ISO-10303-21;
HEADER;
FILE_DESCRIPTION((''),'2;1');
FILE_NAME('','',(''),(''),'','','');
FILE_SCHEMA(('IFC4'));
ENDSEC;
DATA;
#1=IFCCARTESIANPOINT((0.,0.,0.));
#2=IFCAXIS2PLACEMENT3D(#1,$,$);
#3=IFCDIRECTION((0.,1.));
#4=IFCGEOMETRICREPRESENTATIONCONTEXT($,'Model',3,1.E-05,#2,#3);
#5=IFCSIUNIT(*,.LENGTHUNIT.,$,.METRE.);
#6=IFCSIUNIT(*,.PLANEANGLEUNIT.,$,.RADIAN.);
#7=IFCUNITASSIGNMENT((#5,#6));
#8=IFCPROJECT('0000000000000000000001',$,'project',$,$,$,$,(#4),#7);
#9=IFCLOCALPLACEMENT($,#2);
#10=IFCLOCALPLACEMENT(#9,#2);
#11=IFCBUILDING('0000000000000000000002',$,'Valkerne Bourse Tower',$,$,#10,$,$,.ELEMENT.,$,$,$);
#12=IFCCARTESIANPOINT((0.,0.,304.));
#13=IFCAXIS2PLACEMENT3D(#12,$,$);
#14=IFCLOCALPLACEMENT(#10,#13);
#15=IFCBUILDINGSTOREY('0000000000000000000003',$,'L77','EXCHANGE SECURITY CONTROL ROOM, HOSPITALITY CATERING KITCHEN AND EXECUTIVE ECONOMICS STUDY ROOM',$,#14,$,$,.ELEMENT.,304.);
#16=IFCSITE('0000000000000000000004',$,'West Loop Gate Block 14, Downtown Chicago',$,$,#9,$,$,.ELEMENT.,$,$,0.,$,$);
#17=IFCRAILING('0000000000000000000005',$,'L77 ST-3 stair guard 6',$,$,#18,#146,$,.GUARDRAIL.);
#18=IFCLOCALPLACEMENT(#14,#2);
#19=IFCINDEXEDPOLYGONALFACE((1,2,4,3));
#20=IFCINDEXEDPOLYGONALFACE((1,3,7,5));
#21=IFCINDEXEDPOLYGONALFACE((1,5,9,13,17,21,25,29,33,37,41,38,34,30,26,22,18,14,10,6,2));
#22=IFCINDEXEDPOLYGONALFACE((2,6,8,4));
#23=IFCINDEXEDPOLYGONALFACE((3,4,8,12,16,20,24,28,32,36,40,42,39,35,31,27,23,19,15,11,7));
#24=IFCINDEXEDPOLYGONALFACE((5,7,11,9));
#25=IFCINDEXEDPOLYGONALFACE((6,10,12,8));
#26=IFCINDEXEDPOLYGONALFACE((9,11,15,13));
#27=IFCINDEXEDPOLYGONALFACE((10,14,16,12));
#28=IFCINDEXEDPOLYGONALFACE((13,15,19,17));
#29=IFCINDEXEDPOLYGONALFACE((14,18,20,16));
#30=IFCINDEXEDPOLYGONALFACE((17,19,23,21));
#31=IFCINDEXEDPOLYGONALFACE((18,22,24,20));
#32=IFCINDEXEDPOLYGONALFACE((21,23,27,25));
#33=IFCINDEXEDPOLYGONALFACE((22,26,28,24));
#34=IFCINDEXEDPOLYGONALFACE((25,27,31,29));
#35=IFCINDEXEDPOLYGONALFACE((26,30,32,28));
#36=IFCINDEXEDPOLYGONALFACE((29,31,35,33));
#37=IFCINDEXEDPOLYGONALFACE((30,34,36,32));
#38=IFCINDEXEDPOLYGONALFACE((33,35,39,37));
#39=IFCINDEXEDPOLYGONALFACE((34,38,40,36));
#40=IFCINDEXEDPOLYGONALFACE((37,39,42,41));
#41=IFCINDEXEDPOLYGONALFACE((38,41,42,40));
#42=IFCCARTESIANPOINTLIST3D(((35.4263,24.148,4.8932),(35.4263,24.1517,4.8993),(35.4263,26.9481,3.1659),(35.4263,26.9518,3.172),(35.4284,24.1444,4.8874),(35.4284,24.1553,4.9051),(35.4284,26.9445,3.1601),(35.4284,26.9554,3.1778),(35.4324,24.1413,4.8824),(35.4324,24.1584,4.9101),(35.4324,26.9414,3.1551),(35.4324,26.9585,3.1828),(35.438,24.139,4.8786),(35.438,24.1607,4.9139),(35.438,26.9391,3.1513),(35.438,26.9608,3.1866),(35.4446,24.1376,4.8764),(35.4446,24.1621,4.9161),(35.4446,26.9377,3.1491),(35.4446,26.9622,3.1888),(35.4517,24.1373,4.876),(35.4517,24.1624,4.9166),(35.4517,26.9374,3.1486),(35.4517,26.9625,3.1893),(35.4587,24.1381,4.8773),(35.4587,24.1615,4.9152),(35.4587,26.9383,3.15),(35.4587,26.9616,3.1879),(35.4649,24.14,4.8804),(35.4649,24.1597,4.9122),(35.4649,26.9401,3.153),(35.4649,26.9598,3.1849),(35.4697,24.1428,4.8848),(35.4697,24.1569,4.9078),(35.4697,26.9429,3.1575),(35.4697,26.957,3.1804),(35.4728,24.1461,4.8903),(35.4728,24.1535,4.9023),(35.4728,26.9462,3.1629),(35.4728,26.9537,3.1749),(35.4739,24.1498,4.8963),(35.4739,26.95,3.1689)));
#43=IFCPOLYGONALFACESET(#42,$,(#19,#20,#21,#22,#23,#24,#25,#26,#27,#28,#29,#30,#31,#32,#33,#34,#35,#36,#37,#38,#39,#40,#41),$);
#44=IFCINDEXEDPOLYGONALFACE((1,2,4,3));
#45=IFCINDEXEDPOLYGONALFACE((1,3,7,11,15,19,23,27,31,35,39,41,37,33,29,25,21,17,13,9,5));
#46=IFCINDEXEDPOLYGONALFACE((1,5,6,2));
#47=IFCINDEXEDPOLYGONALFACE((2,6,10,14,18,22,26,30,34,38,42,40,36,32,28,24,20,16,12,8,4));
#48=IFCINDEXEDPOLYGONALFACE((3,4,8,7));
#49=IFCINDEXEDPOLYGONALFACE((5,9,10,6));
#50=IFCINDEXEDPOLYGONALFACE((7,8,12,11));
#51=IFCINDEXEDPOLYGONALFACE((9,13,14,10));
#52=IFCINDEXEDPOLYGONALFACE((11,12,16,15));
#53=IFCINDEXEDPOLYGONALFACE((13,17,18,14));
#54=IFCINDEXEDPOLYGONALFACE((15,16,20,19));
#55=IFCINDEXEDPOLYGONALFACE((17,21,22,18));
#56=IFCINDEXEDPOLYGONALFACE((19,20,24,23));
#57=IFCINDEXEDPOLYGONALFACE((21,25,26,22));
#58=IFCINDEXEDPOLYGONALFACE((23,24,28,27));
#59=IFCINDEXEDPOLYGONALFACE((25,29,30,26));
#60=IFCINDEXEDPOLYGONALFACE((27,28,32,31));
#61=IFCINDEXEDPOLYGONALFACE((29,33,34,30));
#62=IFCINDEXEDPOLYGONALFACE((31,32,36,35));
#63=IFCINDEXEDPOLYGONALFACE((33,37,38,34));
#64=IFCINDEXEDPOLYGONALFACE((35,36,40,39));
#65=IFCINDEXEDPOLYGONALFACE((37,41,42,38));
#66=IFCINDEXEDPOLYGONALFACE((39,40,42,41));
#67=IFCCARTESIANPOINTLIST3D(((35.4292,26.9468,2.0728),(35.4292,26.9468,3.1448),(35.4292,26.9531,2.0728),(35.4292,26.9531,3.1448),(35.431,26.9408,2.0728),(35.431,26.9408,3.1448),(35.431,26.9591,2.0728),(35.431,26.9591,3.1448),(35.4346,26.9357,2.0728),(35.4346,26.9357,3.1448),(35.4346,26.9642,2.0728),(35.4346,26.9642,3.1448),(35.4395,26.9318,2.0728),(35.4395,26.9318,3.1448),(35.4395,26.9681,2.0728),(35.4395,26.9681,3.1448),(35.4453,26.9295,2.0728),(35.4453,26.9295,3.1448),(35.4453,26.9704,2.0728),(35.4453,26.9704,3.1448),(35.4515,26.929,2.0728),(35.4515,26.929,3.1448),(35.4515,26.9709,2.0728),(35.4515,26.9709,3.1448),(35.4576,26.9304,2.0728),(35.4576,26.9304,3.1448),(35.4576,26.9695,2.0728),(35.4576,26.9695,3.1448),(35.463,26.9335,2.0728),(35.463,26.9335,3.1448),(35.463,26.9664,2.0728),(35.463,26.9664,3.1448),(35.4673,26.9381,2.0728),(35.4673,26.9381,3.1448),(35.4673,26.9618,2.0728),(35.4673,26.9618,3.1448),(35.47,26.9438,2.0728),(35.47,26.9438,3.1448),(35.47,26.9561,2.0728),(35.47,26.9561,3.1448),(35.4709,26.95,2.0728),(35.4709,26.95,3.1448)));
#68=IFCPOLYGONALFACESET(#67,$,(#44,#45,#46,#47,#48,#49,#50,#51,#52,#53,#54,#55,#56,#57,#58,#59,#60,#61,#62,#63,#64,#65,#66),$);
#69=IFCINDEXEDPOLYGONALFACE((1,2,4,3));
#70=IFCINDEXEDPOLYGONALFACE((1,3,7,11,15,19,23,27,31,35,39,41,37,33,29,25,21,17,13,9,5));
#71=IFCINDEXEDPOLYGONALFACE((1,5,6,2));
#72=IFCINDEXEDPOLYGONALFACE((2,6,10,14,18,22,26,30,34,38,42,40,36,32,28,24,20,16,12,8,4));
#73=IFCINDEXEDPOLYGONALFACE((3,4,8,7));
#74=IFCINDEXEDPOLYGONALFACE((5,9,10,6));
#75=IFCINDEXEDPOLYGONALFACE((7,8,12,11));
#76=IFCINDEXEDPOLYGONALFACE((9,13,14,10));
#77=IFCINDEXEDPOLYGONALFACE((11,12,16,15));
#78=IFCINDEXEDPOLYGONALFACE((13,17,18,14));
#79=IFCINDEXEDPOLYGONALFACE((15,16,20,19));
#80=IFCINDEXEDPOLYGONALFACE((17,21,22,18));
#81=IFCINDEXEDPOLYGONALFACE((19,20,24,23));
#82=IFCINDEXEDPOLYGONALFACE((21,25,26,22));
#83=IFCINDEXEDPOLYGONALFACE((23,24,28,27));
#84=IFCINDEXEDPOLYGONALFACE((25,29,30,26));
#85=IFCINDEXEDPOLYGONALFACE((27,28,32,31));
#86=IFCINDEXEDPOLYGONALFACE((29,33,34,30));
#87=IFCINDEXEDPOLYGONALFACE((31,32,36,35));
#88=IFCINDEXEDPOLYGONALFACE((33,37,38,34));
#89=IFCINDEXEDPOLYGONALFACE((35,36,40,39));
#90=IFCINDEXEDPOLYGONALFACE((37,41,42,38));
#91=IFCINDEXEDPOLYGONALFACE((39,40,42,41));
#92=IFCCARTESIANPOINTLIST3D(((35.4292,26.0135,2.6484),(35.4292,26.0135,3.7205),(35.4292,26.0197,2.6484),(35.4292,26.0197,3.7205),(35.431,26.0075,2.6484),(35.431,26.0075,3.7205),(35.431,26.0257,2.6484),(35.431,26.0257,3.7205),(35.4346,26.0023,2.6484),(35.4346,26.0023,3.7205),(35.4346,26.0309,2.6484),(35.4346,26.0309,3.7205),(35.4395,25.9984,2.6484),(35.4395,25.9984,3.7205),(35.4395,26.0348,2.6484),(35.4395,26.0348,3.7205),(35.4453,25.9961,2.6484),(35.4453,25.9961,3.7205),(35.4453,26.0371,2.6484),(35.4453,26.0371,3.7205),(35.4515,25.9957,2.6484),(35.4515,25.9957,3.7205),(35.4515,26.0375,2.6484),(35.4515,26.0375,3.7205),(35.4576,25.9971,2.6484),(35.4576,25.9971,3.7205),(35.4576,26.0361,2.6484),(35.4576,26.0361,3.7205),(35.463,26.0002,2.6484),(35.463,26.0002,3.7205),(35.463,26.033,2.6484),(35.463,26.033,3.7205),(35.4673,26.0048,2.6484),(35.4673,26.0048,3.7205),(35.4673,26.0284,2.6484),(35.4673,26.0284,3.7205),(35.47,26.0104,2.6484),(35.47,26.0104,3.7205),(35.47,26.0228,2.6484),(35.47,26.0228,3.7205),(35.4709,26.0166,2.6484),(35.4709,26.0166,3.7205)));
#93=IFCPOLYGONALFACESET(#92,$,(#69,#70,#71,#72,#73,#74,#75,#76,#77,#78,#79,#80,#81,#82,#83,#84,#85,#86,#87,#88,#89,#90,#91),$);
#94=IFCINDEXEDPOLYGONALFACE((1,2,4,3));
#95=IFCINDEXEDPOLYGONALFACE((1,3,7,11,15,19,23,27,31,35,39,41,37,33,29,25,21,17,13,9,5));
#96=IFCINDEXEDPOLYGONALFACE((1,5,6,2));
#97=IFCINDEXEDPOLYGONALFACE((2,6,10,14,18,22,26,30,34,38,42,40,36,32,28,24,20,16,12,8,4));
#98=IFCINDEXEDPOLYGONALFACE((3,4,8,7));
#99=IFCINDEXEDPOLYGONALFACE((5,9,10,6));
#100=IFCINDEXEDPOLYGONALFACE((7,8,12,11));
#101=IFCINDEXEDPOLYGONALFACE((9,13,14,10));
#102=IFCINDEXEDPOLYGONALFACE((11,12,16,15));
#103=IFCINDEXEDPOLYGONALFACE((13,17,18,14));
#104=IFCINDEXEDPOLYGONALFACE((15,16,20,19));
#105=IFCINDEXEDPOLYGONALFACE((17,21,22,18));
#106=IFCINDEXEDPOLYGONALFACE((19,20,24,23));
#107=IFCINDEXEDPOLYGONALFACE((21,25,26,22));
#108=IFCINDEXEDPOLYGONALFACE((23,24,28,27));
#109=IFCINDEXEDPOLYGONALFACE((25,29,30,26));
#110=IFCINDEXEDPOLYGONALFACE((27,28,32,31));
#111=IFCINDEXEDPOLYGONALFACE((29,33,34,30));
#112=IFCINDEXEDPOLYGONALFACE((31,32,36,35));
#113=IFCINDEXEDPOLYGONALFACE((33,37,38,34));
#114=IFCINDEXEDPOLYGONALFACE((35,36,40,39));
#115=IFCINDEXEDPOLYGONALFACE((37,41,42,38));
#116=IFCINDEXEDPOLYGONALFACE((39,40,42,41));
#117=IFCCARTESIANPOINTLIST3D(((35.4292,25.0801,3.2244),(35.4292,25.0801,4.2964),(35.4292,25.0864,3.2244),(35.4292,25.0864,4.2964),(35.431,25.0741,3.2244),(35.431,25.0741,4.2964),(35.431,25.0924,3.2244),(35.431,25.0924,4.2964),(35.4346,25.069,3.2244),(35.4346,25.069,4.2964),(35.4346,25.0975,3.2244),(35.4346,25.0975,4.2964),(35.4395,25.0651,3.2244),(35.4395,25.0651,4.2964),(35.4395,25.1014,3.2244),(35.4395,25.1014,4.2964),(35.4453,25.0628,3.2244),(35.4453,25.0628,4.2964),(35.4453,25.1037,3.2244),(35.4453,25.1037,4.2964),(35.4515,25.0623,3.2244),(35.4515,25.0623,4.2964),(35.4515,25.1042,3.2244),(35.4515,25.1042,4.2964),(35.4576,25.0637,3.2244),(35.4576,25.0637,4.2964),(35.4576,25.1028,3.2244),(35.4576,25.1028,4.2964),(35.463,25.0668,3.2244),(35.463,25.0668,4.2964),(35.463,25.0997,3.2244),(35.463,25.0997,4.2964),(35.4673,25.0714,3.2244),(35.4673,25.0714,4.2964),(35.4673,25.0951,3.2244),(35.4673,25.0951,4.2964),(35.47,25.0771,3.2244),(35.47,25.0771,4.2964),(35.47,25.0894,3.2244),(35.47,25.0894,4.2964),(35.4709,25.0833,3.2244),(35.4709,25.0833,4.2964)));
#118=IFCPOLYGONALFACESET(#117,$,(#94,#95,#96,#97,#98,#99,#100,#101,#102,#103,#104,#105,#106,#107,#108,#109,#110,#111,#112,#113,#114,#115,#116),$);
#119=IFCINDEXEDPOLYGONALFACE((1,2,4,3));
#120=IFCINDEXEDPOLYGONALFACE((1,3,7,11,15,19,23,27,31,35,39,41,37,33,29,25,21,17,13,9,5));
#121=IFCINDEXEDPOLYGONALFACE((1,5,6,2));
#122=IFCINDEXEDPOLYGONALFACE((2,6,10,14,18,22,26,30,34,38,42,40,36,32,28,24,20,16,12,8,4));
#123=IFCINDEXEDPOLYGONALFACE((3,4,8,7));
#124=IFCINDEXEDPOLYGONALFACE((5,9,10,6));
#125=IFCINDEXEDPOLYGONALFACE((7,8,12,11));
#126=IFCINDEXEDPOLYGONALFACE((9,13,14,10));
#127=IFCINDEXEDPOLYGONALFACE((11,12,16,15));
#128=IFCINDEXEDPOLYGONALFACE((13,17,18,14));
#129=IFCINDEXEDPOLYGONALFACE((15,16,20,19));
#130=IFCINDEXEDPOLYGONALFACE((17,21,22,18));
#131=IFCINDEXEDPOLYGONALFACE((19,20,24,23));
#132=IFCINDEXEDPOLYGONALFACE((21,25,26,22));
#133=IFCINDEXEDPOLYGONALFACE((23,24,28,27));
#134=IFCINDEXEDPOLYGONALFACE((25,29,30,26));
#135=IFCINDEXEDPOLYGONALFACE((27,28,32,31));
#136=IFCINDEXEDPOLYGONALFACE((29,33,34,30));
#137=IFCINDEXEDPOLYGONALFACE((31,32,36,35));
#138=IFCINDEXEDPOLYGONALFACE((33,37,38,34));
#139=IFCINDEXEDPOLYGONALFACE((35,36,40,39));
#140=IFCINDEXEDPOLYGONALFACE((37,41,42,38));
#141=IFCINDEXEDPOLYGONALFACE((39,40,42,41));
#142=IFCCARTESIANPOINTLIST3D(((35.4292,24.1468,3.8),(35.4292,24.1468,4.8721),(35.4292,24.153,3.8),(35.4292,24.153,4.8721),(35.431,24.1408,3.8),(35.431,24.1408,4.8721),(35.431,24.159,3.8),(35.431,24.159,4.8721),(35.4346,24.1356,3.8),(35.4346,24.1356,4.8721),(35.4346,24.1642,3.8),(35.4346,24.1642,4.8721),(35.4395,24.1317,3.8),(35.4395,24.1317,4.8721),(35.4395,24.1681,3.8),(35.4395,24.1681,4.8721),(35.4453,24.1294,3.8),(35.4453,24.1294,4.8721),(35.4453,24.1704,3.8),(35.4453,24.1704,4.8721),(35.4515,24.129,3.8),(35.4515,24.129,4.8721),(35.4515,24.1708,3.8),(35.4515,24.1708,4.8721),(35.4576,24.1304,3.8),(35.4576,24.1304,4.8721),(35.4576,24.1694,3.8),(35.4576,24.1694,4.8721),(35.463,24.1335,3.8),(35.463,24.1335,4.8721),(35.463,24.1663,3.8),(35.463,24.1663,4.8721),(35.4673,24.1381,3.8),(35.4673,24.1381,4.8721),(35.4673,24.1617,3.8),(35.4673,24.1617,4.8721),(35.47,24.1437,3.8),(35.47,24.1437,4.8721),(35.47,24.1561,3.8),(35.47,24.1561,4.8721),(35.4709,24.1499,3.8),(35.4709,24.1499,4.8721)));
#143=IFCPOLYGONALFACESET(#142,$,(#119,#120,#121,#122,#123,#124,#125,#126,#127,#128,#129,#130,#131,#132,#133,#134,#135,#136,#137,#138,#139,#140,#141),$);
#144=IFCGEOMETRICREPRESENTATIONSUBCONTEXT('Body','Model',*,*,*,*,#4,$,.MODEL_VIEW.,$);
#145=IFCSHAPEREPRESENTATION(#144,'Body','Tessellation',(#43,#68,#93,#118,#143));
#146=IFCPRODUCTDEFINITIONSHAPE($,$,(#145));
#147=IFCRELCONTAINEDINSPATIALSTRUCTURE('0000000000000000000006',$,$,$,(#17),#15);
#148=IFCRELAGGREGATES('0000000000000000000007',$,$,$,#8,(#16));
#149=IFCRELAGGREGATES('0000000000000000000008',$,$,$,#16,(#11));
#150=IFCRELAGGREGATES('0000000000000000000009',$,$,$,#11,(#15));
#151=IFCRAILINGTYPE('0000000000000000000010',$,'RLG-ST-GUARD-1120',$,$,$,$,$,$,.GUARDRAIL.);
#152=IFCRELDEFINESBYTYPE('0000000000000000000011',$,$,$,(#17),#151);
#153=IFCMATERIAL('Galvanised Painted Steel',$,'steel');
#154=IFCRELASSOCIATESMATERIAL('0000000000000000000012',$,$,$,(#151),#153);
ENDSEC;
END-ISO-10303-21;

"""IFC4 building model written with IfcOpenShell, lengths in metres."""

from ifc_helpers import new_model, si_unit, direction, frame, origin, origin_2d, place, context, subcontext, project, spatial, circle, extrude, material, type_object, element, save


model = new_model("IFC4")

# Units and contexts
model_context = context("Model", 3, precision=1e-05, world=origin(), true_north=direction((0.0, 1.0)))
body_context = subcontext(model_context, "Body", "Model", "MODEL_VIEW")
ifc_project = project(units=[si_unit("LENGTHUNIT", "METRE"), si_unit("PLANEANGLEUNIT", "RADIAN")], contexts=[model_context])

# Site, building, storey
site_placement = place(None, origin())
site = spatial("IfcSite", under=ifc_project, at=site_placement, Name="West Loop Gate Block 14, Downtown Chicago", CompositionType="ELEMENT", RefElevation=0.0)
building_placement = place(site_placement, origin())
building = spatial("IfcBuilding", under=site, at=building_placement, Name="Valkerne Bourse Tower", CompositionType="ELEMENT")
storey_placement = place(building_placement, frame((0.0, 0.0, 304.0)))
storey = spatial("IfcBuildingStorey", under=building, at=storey_placement, Name="L77", Description="EXCHANGE SECURITY CONTROL ROOM, HOSPITALITY CATERING KITCHEN AND EXECUTIVE ECONOMICS STUDY ROOM", CompositionType="ELEMENT", Elevation=304.0)

# Railing
ifc_material_1 = material(Name="Galvanised Painted Steel", Category="steel")
railing_type_1 = type_object("IfcRailingType", Name="RLG-ST-GUARD-1120", PredefinedType="GUARDRAIL", material=ifc_material_1)
railing_1_placement = place(storey_placement, frame((35.45, 26.95, 2.0728)))
element("IfcRailing", 1, at=railing_1_placement, inside=storey, type_object=railing_type_1, Name="L77 ST-3 stair guard 6", PredefinedType="GUARDRAIL", context=body_context, shape_type="SweptSolid", body=[
    extrude(circle(Radius=0.0239, at=origin_2d()), frame((0.0, 0.0, 1.0962), z_axis=(0.0, -0.85109, 0.52502), x_axis=(1.0, 0.0, 0.0)), (0.0, 0.0, 1.0), 3.29),
    extrude(circle(Radius=0.021, at=origin_2d()), origin(), (0.0, 0.0, 1.0), 1.072),
    extrude(circle(Radius=0.021, at=origin_2d()), frame((0.0, -0.9333, 0.5757)), (0.0, 0.0, 1.0), 1.072),
    extrude(circle(Radius=0.021, at=origin_2d()), frame((0.0, -1.8667, 1.1516)), (0.0, 0.0, 1.0), 1.072),
    extrude(circle(Radius=0.021, at=origin_2d()), frame((0.0, -2.8, 1.7273)), (0.0, 0.0, 1.0), 1.072),
])

save(model, "model.ifc")
